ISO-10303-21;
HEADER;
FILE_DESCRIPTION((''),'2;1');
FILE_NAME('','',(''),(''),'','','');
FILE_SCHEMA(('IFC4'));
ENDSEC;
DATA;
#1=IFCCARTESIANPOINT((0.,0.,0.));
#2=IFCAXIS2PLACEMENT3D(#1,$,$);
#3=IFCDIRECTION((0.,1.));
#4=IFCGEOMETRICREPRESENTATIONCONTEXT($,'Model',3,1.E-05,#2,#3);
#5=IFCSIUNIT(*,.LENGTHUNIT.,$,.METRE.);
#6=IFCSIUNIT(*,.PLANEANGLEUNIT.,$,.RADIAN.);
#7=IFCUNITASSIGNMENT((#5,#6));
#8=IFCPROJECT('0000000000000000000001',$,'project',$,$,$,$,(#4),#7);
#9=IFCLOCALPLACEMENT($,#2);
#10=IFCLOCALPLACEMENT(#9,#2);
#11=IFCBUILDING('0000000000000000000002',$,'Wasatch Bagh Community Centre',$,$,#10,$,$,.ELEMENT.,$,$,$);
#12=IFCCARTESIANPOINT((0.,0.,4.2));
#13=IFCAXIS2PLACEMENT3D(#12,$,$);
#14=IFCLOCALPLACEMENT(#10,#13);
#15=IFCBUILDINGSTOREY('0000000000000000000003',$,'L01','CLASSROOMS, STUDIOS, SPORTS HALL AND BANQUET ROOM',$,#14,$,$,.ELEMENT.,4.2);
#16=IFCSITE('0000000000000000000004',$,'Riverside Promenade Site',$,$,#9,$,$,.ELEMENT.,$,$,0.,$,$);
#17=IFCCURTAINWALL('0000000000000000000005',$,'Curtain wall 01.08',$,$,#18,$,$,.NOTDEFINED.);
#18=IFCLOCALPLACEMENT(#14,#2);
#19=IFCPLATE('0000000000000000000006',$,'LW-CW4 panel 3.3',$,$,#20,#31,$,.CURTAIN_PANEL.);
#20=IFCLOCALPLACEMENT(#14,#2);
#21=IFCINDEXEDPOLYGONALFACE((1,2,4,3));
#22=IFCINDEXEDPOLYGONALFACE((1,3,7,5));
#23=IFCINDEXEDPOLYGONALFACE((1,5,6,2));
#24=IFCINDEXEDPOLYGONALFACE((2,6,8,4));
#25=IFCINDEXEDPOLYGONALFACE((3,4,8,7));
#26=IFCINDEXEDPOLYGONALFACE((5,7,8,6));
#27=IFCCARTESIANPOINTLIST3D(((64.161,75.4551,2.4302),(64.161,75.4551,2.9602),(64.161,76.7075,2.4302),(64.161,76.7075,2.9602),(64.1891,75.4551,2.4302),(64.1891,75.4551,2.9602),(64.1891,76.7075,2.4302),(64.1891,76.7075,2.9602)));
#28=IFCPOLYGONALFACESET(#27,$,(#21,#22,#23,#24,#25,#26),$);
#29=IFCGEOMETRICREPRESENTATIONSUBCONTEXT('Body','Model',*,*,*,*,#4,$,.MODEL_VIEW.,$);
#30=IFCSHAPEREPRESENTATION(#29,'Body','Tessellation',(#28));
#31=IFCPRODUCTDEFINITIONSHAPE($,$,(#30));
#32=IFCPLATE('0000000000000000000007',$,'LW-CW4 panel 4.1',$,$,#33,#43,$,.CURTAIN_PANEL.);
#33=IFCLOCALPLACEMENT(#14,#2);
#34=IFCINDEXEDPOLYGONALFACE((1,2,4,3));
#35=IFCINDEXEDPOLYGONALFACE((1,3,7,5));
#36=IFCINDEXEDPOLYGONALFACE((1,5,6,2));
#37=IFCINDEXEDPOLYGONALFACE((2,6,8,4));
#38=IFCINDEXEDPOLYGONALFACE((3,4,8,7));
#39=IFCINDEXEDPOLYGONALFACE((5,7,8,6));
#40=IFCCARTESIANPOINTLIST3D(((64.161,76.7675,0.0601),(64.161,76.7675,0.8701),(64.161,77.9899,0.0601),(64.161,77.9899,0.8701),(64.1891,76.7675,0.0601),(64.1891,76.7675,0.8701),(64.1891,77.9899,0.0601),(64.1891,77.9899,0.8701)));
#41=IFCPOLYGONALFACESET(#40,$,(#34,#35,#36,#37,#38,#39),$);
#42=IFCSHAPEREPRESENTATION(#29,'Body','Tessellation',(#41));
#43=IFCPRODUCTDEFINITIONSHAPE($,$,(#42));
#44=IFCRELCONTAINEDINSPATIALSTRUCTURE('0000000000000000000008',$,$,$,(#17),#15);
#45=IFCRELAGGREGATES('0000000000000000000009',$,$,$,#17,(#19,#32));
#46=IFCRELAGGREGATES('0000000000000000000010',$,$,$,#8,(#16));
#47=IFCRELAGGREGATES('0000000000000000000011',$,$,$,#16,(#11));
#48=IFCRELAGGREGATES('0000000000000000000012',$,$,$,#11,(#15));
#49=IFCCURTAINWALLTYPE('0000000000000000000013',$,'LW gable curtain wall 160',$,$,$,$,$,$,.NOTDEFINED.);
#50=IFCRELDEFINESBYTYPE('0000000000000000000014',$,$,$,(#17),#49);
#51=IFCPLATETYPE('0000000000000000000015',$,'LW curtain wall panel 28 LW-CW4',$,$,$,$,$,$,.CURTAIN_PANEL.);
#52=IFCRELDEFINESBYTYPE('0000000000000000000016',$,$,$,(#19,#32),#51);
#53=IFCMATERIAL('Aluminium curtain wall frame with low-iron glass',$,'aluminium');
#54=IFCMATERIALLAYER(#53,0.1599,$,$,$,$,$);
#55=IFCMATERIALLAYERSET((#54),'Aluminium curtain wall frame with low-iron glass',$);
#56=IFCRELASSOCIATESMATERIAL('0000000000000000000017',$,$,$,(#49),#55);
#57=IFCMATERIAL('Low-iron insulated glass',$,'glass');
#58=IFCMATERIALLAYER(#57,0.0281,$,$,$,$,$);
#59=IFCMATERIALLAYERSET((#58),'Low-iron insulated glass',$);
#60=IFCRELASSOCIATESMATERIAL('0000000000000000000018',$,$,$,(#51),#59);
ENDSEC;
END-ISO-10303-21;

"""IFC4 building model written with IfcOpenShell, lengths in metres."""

from ifc_helpers import new_model, si_unit, direction, frame, origin, origin_2d, place, context, subcontext, project, spatial, rectangle, extrude, material, layer, layer_set, type_object, element, aggregate, save


model = new_model("IFC4")

# Units and contexts
model_context = context("Model", 3, precision=1e-05, world=origin(), true_north=direction((0.0, 1.0)))
body_context = subcontext(model_context, "Body", "Model", "MODEL_VIEW")
ifc_project = project(units=[si_unit("LENGTHUNIT", "METRE"), si_unit("PLANEANGLEUNIT", "RADIAN")], contexts=[model_context])

# Site, building, storey
site_placement = place(None, origin())
site = spatial("IfcSite", under=ifc_project, at=site_placement, Name="Riverside Promenade Site", CompositionType="ELEMENT", RefElevation=0.0)
building_placement = place(site_placement, origin())
building = spatial("IfcBuilding", under=site, at=building_placement, Name="Wasatch Bagh Community Centre", CompositionType="ELEMENT")
storey_placement = place(building_placement, frame((0.0, 0.0, 4.2)))
storey = spatial("IfcBuildingStorey", under=building, at=storey_placement, Name="L01", Description="CLASSROOMS, STUDIOS, SPORTS HALL AND BANQUET ROOM", CompositionType="ELEMENT", Elevation=4.2)

# Curtain wall, plates
ifc_material_1 = material(Name="Aluminium curtain wall frame with low-iron glass", Category="aluminium")
ifc_layer_1 = layer(ifc_material_1, 0.1599)
ifc_layer_set_1 = layer_set([ifc_layer_1], Name="Aluminium curtain wall frame with low-iron glass")
curtain_wall_type = type_object("IfcCurtainWallType", Name="LW gable curtain wall 160", PredefinedType="NOTDEFINED", material=ifc_layer_set_1)
curtain_wall_placement = place(storey_placement, origin())
curtain_wall = element("IfcCurtainWall", 1, at=curtain_wall_placement, inside=storey, type_object=curtain_wall_type, Name="Curtain wall 01.08", PredefinedType="NOTDEFINED")
ifc_material_2 = material(Name="Low-iron insulated glass", Category="glass")
ifc_layer_2 = layer(ifc_material_2, 0.0281)
ifc_layer_set_2 = layer_set([ifc_layer_2], Name="Low-iron insulated glass")
plate_type = type_object("IfcPlateType", Name="LW curtain wall panel 28 LW-CW4", PredefinedType="CURTAIN_PANEL", material=ifc_layer_set_2)
plate_1_placement = place(storey_placement, frame((64.175, 76.0813, 2.4302), z_axis=(0.0, 0.0, 1.0), x_axis=(0.0, 1.0, 0.0)))
plate_1 = element("IfcPlate", 2, at=plate_1_placement, type_object=plate_type, Name="LW-CW4 panel 3.3", PredefinedType="CURTAIN_PANEL", context=body_context, shape_type="SweptSolid", body=[
    extrude(rectangle(XDim=1.2524, YDim=0.0281, at=origin_2d()), origin(), (0.0, 0.0, 1.0), 0.53),
])
plate_2_placement = place(storey_placement, frame((64.175, 77.3787, 0.0601), z_axis=(0.0, 0.0, 1.0), x_axis=(0.0, 1.0, 0.0)))
plate_2 = element("IfcPlate", 3, at=plate_2_placement, type_object=plate_type, Name="LW-CW4 panel 4.1", PredefinedType="CURTAIN_PANEL", context=body_context, shape_type="SweptSolid", body=[
    extrude(rectangle(XDim=1.2224, YDim=0.0281, at=origin_2d()), origin(), (0.0, 0.0, 1.0), 0.8101),
])
aggregate(curtain_wall, [plate_1, plate_2])

save(model, "model.ifc")
